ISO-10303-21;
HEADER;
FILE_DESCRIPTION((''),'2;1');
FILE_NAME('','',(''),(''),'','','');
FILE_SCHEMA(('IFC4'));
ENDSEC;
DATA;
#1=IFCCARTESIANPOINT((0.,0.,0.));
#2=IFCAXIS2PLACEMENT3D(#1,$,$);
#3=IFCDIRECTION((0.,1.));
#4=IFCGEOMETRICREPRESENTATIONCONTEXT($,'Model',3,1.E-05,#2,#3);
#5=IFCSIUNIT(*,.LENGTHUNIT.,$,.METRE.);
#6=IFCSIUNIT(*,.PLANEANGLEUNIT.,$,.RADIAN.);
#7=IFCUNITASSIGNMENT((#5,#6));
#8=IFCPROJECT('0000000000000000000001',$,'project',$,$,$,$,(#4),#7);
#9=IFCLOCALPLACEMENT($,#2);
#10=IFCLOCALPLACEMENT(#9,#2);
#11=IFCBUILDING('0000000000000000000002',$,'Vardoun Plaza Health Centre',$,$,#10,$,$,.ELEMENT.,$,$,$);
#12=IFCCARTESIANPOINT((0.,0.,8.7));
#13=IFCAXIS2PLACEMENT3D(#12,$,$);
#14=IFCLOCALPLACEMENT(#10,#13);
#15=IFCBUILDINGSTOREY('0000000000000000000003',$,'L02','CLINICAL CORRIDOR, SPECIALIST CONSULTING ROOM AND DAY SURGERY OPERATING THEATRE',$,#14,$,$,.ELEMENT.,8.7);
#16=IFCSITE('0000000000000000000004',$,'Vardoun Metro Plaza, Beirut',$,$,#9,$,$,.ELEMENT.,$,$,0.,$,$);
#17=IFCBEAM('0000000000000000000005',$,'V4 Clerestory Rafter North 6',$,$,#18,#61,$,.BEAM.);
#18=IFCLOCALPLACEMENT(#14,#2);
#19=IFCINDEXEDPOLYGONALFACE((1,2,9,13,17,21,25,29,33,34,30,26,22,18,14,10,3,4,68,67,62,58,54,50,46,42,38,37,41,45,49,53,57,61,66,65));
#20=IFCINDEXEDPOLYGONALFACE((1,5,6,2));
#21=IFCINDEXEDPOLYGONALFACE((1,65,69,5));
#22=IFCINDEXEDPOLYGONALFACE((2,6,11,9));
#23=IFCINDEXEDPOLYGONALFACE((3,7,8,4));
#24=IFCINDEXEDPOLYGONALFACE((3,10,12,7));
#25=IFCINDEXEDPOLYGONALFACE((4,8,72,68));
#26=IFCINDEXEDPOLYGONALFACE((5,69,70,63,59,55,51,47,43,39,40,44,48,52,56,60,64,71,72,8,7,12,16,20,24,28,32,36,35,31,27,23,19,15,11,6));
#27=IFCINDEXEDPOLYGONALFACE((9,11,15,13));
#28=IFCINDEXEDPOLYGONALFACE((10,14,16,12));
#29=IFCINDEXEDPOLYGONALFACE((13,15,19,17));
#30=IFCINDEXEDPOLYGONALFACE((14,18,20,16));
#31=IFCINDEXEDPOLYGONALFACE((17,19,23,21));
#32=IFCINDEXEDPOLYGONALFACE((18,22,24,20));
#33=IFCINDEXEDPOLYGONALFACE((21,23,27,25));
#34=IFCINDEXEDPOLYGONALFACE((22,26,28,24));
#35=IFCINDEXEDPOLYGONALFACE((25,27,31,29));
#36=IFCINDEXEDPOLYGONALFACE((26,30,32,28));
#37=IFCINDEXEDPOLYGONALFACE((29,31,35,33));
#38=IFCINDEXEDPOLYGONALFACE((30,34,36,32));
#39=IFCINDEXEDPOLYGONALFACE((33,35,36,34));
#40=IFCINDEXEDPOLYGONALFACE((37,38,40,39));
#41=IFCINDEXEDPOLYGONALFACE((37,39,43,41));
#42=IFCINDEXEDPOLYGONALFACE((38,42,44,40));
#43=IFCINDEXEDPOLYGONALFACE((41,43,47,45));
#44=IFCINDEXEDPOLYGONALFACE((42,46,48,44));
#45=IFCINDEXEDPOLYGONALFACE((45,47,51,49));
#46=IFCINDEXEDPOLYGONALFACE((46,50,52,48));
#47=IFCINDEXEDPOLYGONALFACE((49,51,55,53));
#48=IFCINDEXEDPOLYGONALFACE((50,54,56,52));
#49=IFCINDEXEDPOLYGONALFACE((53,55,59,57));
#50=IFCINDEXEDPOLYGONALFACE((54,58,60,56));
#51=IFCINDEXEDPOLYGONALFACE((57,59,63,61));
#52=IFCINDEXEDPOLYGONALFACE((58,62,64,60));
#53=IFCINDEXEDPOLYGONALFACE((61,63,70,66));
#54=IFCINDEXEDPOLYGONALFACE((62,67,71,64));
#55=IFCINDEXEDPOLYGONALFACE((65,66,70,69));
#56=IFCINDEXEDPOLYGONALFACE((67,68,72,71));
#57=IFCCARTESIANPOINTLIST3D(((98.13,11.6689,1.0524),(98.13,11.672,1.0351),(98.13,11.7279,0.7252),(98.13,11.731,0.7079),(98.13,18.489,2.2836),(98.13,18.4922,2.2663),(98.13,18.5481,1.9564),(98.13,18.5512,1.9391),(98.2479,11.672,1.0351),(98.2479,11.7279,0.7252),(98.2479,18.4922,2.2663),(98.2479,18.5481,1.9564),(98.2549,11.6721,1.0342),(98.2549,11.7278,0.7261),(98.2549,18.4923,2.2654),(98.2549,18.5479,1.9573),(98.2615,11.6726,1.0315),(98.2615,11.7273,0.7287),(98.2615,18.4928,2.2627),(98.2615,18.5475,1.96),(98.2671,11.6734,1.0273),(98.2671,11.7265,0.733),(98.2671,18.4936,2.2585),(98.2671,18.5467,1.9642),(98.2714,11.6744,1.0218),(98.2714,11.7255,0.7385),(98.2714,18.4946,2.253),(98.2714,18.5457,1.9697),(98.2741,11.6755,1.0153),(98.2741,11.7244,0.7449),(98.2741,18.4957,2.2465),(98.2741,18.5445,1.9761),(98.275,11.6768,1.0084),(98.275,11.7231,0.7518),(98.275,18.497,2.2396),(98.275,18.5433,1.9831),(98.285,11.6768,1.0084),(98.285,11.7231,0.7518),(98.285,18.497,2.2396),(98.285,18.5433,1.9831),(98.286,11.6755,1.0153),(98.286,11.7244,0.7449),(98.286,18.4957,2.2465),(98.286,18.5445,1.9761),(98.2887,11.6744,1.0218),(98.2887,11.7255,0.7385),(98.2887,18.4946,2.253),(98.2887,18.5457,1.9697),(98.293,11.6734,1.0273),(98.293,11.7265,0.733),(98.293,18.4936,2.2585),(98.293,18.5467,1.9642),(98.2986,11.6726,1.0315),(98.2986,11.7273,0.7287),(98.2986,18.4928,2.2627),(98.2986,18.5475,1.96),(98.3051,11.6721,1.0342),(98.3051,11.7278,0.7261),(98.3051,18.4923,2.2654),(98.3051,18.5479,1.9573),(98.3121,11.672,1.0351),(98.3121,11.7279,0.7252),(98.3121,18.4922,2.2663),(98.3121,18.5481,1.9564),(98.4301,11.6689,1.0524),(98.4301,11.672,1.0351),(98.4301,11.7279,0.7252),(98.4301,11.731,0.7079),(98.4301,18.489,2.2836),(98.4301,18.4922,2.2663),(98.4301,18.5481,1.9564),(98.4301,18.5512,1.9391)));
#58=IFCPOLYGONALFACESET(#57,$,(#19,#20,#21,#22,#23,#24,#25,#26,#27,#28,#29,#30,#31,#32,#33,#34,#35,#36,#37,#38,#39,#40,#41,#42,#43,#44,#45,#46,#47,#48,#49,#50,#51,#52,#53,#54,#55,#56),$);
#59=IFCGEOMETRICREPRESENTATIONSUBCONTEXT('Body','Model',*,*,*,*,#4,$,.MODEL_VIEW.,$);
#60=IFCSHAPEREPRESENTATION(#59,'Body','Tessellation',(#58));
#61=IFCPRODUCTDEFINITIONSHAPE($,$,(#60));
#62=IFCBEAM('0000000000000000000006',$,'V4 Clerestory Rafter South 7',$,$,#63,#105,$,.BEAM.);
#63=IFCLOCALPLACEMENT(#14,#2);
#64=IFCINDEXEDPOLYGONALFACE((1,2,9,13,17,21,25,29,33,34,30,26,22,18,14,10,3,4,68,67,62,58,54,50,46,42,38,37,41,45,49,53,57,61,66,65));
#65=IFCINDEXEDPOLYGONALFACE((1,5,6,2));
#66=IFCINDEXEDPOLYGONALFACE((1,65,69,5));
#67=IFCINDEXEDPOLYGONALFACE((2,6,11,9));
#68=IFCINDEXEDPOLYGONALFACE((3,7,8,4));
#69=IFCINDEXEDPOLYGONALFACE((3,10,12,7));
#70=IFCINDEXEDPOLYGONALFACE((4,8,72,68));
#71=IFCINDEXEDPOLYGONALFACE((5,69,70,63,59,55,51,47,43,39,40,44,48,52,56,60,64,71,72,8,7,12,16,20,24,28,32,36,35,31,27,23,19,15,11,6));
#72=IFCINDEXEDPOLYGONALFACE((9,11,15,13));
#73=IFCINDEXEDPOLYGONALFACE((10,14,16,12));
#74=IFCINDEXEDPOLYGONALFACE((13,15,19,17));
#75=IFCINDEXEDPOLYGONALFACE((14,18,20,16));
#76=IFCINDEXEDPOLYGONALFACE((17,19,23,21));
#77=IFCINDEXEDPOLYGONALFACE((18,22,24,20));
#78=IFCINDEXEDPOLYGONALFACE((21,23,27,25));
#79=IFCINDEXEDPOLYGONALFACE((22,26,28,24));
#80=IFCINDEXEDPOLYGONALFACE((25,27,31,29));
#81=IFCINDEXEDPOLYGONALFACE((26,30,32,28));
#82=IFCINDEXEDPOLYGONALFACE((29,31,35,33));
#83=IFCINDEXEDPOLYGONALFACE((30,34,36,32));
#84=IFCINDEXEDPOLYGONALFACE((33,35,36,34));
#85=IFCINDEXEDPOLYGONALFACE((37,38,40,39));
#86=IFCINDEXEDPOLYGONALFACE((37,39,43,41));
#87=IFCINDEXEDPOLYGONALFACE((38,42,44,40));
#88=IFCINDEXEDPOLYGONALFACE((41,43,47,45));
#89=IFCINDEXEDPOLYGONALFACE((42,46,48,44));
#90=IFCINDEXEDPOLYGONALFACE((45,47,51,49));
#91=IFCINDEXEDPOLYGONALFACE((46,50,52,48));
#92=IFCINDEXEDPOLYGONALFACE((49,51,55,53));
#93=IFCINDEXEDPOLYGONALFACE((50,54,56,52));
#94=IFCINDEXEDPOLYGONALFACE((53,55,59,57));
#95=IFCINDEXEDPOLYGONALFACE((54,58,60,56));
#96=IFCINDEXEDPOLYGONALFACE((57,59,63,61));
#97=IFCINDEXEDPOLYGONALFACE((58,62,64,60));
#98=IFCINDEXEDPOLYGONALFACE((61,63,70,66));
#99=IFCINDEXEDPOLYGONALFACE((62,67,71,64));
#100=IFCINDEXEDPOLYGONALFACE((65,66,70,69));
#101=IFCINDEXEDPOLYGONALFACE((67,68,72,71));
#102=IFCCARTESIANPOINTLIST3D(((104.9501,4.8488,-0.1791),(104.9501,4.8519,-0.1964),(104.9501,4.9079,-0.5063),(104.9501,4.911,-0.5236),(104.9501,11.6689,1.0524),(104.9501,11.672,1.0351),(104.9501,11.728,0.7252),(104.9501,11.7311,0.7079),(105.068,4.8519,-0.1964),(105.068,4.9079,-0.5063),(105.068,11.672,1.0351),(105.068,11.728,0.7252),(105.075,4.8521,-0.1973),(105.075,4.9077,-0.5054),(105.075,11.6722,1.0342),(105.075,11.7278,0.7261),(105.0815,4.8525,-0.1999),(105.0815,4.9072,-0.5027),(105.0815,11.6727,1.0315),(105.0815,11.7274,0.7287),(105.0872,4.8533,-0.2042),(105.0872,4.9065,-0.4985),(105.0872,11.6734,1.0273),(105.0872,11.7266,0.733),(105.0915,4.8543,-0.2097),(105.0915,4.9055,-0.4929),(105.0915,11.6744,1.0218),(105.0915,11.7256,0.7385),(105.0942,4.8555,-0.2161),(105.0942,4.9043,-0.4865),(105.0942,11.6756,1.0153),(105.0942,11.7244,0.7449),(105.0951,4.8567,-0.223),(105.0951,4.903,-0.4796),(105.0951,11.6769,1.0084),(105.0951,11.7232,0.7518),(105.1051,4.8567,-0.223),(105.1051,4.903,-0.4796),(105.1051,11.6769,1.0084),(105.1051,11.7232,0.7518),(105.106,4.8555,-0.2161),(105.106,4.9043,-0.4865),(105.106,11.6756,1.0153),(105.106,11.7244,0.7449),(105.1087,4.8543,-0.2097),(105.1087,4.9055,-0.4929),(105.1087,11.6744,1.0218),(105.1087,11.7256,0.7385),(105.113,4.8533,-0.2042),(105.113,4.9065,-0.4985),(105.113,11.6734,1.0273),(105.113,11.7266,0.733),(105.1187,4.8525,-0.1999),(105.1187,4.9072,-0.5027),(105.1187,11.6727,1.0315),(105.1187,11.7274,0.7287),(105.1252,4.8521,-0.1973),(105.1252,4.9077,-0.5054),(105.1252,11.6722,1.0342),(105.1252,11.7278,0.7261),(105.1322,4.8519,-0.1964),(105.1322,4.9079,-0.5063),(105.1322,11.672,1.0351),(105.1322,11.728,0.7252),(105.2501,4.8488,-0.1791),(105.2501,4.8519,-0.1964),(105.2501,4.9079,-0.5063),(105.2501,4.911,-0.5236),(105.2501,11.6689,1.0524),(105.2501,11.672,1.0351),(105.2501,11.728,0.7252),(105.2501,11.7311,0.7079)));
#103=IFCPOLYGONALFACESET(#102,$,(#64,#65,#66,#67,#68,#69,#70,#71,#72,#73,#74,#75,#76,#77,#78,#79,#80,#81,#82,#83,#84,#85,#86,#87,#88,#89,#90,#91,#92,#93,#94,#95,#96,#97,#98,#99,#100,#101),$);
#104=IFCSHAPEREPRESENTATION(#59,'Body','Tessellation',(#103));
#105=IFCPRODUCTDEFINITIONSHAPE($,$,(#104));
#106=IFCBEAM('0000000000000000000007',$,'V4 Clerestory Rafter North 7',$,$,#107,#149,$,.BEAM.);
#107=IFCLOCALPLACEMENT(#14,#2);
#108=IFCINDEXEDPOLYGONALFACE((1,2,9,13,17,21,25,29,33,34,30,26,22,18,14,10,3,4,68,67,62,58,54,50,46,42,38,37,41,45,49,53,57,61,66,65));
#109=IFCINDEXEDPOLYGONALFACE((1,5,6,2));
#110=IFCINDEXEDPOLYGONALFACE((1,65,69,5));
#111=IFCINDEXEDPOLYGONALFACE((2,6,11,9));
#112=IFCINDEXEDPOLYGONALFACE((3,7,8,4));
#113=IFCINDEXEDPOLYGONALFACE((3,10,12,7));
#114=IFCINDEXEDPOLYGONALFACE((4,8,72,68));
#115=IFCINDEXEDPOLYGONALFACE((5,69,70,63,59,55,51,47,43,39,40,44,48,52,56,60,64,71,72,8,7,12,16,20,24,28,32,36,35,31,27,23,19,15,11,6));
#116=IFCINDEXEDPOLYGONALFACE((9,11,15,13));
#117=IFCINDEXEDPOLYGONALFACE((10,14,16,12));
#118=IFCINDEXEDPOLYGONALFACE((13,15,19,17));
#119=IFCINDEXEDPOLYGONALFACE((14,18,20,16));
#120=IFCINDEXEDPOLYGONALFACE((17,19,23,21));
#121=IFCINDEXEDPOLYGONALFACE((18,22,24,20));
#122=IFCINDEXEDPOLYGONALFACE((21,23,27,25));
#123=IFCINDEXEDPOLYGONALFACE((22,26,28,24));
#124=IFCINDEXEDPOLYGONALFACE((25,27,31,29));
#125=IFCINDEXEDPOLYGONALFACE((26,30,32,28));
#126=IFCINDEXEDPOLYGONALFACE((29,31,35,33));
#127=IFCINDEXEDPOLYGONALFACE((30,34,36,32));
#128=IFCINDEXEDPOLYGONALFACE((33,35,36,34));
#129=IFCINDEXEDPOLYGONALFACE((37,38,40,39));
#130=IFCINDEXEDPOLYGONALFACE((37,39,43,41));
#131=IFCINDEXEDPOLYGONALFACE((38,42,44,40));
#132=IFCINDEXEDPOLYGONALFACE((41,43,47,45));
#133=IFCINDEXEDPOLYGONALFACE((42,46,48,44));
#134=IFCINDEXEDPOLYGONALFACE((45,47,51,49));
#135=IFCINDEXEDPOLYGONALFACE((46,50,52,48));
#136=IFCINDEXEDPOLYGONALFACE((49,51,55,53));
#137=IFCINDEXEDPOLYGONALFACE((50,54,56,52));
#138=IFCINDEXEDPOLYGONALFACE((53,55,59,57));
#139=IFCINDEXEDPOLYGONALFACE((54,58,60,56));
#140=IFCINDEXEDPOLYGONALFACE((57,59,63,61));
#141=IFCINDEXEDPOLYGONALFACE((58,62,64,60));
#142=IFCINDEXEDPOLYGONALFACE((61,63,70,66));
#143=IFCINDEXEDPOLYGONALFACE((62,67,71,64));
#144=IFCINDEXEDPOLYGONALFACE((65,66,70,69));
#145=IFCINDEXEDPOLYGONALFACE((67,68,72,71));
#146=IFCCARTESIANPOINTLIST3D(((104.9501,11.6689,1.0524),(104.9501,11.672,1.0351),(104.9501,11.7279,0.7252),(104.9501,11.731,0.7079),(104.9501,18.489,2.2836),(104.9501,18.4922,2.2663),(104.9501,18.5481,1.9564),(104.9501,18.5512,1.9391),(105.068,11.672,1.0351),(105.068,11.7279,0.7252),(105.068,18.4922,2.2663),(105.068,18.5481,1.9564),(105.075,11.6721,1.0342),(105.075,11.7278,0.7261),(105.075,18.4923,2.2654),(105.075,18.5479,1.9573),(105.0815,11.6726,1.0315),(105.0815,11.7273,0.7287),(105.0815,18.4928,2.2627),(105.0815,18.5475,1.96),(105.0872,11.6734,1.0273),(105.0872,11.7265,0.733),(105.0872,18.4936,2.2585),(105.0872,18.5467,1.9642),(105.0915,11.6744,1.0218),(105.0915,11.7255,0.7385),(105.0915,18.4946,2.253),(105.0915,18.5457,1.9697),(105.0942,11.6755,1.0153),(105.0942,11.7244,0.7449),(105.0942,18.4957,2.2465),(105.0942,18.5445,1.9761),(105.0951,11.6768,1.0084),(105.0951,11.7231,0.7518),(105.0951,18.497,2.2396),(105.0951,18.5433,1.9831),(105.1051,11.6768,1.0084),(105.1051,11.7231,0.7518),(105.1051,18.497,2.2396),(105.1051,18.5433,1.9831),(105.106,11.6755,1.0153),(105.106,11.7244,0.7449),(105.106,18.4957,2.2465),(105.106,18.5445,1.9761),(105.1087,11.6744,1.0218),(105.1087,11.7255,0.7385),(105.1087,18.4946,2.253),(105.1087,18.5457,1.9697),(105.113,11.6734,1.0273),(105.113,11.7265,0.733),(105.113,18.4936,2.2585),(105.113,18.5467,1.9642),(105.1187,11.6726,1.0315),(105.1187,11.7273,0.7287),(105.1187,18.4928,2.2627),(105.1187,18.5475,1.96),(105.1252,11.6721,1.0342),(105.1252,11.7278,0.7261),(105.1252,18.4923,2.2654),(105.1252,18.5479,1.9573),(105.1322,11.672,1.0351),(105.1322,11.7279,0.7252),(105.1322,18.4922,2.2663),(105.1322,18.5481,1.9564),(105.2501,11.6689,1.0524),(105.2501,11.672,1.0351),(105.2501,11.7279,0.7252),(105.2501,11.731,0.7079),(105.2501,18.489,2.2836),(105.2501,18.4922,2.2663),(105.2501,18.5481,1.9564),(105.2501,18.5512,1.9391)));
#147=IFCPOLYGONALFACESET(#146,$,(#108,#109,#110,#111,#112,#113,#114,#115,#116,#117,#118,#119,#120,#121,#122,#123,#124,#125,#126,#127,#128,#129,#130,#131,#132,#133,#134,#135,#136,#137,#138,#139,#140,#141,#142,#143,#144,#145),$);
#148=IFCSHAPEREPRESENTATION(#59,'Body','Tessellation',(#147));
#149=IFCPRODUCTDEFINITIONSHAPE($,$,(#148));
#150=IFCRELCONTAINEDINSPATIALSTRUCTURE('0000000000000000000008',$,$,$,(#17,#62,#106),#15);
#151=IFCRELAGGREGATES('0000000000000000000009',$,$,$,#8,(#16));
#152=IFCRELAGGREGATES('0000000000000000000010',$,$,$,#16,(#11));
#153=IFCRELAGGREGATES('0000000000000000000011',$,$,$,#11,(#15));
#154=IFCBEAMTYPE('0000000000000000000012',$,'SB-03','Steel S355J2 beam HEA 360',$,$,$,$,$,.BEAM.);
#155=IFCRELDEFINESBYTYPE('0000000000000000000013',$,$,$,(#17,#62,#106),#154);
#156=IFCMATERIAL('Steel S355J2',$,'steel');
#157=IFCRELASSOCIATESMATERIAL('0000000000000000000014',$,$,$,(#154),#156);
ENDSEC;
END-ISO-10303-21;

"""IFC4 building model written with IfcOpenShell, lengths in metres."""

from ifc_helpers import new_model, si_unit, direction, frame, origin, origin_2d, place, context, subcontext, project, spatial, i_section, extrude, material, material_profile, profile_set, type_object, element, save


model = new_model("IFC4")

# Units and contexts
model_context = context("Model", 3, precision=1e-05, world=origin(), true_north=direction((0.0, 1.0)))
body_context = subcontext(model_context, "Body", "Model", "MODEL_VIEW")
ifc_project = project(units=[si_unit("LENGTHUNIT", "METRE"), si_unit("PLANEANGLEUNIT", "RADIAN")], contexts=[model_context])

# Site, building, storey
site_placement = place(None, origin())
site = spatial("IfcSite", under=ifc_project, at=site_placement, Name="Vardoun Metro Plaza, Beirut", CompositionType="ELEMENT", RefElevation=0.0)
building_placement = place(site_placement, origin())
building = spatial("IfcBuilding", under=site, at=building_placement, Name="Vardoun Plaza Health Centre", CompositionType="ELEMENT")
storey_placement = place(building_placement, frame((0.0, 0.0, 8.7)))
storey = spatial("IfcBuildingStorey", under=building, at=storey_placement, Name="L02", Description="CLINICAL CORRIDOR, SPECIALIST CONSULTING ROOM AND DAY SURGERY OPERATING THEATRE", CompositionType="ELEMENT", Elevation=8.7)

# Beams
ifc_material_1 = material(Name="Steel S355J2", Category="steel")
ifc_material_profile_1 = material_profile(ifc_material_1, i_section(OverallWidth=0.3, OverallDepth=0.3501, WebThickness=0.01, FlangeThickness=0.0176, FilletRadius=0.0271, at=origin_2d()), Name="HEA 360")
ifc_profile_set_1 = profile_set([ifc_material_profile_1], Name="Steel S355J2")
beam_type = type_object("IfcBeamType", Name="SB-03", Description="Steel S355J2 beam HEA 360", PredefinedType="BEAM", material=ifc_profile_set_1)
for number, where, z_axis, x_axis, name in (
    (1, (98.28, 11.7, 0.8801), (0.0, 0.984093, 0.177655), (-1.0, 0.0, 0.0), "V4 Clerestory Rafter North 6"),
    (2, (105.1001, 4.8799, -0.3513), (0.0, 0.984087, 0.177689), (-1.0, 0.0, 0.0), "V4 Clerestory Rafter South 7"),
    (3, (105.1001, 11.7, 0.8801), (0.0, 0.984093, 0.177655), (-1.0, 0.0, 0.0), "V4 Clerestory Rafter North 7"),
):
    element("IfcBeam", number, at=place(storey_placement, frame(where, z_axis=z_axis, x_axis=x_axis)), inside=storey, type_object=beam_type, Name=name, PredefinedType="BEAM", context=body_context, shape_type="SweptSolid", body=[
        extrude(i_section(OverallWidth=0.3, OverallDepth=0.3501, WebThickness=0.01, FlangeThickness=0.0176, FilletRadius=0.0271, at=origin_2d()), origin(), (0.0, 0.0, 1.0), 6.9304),
    ])

save(model, "model.ifc")
